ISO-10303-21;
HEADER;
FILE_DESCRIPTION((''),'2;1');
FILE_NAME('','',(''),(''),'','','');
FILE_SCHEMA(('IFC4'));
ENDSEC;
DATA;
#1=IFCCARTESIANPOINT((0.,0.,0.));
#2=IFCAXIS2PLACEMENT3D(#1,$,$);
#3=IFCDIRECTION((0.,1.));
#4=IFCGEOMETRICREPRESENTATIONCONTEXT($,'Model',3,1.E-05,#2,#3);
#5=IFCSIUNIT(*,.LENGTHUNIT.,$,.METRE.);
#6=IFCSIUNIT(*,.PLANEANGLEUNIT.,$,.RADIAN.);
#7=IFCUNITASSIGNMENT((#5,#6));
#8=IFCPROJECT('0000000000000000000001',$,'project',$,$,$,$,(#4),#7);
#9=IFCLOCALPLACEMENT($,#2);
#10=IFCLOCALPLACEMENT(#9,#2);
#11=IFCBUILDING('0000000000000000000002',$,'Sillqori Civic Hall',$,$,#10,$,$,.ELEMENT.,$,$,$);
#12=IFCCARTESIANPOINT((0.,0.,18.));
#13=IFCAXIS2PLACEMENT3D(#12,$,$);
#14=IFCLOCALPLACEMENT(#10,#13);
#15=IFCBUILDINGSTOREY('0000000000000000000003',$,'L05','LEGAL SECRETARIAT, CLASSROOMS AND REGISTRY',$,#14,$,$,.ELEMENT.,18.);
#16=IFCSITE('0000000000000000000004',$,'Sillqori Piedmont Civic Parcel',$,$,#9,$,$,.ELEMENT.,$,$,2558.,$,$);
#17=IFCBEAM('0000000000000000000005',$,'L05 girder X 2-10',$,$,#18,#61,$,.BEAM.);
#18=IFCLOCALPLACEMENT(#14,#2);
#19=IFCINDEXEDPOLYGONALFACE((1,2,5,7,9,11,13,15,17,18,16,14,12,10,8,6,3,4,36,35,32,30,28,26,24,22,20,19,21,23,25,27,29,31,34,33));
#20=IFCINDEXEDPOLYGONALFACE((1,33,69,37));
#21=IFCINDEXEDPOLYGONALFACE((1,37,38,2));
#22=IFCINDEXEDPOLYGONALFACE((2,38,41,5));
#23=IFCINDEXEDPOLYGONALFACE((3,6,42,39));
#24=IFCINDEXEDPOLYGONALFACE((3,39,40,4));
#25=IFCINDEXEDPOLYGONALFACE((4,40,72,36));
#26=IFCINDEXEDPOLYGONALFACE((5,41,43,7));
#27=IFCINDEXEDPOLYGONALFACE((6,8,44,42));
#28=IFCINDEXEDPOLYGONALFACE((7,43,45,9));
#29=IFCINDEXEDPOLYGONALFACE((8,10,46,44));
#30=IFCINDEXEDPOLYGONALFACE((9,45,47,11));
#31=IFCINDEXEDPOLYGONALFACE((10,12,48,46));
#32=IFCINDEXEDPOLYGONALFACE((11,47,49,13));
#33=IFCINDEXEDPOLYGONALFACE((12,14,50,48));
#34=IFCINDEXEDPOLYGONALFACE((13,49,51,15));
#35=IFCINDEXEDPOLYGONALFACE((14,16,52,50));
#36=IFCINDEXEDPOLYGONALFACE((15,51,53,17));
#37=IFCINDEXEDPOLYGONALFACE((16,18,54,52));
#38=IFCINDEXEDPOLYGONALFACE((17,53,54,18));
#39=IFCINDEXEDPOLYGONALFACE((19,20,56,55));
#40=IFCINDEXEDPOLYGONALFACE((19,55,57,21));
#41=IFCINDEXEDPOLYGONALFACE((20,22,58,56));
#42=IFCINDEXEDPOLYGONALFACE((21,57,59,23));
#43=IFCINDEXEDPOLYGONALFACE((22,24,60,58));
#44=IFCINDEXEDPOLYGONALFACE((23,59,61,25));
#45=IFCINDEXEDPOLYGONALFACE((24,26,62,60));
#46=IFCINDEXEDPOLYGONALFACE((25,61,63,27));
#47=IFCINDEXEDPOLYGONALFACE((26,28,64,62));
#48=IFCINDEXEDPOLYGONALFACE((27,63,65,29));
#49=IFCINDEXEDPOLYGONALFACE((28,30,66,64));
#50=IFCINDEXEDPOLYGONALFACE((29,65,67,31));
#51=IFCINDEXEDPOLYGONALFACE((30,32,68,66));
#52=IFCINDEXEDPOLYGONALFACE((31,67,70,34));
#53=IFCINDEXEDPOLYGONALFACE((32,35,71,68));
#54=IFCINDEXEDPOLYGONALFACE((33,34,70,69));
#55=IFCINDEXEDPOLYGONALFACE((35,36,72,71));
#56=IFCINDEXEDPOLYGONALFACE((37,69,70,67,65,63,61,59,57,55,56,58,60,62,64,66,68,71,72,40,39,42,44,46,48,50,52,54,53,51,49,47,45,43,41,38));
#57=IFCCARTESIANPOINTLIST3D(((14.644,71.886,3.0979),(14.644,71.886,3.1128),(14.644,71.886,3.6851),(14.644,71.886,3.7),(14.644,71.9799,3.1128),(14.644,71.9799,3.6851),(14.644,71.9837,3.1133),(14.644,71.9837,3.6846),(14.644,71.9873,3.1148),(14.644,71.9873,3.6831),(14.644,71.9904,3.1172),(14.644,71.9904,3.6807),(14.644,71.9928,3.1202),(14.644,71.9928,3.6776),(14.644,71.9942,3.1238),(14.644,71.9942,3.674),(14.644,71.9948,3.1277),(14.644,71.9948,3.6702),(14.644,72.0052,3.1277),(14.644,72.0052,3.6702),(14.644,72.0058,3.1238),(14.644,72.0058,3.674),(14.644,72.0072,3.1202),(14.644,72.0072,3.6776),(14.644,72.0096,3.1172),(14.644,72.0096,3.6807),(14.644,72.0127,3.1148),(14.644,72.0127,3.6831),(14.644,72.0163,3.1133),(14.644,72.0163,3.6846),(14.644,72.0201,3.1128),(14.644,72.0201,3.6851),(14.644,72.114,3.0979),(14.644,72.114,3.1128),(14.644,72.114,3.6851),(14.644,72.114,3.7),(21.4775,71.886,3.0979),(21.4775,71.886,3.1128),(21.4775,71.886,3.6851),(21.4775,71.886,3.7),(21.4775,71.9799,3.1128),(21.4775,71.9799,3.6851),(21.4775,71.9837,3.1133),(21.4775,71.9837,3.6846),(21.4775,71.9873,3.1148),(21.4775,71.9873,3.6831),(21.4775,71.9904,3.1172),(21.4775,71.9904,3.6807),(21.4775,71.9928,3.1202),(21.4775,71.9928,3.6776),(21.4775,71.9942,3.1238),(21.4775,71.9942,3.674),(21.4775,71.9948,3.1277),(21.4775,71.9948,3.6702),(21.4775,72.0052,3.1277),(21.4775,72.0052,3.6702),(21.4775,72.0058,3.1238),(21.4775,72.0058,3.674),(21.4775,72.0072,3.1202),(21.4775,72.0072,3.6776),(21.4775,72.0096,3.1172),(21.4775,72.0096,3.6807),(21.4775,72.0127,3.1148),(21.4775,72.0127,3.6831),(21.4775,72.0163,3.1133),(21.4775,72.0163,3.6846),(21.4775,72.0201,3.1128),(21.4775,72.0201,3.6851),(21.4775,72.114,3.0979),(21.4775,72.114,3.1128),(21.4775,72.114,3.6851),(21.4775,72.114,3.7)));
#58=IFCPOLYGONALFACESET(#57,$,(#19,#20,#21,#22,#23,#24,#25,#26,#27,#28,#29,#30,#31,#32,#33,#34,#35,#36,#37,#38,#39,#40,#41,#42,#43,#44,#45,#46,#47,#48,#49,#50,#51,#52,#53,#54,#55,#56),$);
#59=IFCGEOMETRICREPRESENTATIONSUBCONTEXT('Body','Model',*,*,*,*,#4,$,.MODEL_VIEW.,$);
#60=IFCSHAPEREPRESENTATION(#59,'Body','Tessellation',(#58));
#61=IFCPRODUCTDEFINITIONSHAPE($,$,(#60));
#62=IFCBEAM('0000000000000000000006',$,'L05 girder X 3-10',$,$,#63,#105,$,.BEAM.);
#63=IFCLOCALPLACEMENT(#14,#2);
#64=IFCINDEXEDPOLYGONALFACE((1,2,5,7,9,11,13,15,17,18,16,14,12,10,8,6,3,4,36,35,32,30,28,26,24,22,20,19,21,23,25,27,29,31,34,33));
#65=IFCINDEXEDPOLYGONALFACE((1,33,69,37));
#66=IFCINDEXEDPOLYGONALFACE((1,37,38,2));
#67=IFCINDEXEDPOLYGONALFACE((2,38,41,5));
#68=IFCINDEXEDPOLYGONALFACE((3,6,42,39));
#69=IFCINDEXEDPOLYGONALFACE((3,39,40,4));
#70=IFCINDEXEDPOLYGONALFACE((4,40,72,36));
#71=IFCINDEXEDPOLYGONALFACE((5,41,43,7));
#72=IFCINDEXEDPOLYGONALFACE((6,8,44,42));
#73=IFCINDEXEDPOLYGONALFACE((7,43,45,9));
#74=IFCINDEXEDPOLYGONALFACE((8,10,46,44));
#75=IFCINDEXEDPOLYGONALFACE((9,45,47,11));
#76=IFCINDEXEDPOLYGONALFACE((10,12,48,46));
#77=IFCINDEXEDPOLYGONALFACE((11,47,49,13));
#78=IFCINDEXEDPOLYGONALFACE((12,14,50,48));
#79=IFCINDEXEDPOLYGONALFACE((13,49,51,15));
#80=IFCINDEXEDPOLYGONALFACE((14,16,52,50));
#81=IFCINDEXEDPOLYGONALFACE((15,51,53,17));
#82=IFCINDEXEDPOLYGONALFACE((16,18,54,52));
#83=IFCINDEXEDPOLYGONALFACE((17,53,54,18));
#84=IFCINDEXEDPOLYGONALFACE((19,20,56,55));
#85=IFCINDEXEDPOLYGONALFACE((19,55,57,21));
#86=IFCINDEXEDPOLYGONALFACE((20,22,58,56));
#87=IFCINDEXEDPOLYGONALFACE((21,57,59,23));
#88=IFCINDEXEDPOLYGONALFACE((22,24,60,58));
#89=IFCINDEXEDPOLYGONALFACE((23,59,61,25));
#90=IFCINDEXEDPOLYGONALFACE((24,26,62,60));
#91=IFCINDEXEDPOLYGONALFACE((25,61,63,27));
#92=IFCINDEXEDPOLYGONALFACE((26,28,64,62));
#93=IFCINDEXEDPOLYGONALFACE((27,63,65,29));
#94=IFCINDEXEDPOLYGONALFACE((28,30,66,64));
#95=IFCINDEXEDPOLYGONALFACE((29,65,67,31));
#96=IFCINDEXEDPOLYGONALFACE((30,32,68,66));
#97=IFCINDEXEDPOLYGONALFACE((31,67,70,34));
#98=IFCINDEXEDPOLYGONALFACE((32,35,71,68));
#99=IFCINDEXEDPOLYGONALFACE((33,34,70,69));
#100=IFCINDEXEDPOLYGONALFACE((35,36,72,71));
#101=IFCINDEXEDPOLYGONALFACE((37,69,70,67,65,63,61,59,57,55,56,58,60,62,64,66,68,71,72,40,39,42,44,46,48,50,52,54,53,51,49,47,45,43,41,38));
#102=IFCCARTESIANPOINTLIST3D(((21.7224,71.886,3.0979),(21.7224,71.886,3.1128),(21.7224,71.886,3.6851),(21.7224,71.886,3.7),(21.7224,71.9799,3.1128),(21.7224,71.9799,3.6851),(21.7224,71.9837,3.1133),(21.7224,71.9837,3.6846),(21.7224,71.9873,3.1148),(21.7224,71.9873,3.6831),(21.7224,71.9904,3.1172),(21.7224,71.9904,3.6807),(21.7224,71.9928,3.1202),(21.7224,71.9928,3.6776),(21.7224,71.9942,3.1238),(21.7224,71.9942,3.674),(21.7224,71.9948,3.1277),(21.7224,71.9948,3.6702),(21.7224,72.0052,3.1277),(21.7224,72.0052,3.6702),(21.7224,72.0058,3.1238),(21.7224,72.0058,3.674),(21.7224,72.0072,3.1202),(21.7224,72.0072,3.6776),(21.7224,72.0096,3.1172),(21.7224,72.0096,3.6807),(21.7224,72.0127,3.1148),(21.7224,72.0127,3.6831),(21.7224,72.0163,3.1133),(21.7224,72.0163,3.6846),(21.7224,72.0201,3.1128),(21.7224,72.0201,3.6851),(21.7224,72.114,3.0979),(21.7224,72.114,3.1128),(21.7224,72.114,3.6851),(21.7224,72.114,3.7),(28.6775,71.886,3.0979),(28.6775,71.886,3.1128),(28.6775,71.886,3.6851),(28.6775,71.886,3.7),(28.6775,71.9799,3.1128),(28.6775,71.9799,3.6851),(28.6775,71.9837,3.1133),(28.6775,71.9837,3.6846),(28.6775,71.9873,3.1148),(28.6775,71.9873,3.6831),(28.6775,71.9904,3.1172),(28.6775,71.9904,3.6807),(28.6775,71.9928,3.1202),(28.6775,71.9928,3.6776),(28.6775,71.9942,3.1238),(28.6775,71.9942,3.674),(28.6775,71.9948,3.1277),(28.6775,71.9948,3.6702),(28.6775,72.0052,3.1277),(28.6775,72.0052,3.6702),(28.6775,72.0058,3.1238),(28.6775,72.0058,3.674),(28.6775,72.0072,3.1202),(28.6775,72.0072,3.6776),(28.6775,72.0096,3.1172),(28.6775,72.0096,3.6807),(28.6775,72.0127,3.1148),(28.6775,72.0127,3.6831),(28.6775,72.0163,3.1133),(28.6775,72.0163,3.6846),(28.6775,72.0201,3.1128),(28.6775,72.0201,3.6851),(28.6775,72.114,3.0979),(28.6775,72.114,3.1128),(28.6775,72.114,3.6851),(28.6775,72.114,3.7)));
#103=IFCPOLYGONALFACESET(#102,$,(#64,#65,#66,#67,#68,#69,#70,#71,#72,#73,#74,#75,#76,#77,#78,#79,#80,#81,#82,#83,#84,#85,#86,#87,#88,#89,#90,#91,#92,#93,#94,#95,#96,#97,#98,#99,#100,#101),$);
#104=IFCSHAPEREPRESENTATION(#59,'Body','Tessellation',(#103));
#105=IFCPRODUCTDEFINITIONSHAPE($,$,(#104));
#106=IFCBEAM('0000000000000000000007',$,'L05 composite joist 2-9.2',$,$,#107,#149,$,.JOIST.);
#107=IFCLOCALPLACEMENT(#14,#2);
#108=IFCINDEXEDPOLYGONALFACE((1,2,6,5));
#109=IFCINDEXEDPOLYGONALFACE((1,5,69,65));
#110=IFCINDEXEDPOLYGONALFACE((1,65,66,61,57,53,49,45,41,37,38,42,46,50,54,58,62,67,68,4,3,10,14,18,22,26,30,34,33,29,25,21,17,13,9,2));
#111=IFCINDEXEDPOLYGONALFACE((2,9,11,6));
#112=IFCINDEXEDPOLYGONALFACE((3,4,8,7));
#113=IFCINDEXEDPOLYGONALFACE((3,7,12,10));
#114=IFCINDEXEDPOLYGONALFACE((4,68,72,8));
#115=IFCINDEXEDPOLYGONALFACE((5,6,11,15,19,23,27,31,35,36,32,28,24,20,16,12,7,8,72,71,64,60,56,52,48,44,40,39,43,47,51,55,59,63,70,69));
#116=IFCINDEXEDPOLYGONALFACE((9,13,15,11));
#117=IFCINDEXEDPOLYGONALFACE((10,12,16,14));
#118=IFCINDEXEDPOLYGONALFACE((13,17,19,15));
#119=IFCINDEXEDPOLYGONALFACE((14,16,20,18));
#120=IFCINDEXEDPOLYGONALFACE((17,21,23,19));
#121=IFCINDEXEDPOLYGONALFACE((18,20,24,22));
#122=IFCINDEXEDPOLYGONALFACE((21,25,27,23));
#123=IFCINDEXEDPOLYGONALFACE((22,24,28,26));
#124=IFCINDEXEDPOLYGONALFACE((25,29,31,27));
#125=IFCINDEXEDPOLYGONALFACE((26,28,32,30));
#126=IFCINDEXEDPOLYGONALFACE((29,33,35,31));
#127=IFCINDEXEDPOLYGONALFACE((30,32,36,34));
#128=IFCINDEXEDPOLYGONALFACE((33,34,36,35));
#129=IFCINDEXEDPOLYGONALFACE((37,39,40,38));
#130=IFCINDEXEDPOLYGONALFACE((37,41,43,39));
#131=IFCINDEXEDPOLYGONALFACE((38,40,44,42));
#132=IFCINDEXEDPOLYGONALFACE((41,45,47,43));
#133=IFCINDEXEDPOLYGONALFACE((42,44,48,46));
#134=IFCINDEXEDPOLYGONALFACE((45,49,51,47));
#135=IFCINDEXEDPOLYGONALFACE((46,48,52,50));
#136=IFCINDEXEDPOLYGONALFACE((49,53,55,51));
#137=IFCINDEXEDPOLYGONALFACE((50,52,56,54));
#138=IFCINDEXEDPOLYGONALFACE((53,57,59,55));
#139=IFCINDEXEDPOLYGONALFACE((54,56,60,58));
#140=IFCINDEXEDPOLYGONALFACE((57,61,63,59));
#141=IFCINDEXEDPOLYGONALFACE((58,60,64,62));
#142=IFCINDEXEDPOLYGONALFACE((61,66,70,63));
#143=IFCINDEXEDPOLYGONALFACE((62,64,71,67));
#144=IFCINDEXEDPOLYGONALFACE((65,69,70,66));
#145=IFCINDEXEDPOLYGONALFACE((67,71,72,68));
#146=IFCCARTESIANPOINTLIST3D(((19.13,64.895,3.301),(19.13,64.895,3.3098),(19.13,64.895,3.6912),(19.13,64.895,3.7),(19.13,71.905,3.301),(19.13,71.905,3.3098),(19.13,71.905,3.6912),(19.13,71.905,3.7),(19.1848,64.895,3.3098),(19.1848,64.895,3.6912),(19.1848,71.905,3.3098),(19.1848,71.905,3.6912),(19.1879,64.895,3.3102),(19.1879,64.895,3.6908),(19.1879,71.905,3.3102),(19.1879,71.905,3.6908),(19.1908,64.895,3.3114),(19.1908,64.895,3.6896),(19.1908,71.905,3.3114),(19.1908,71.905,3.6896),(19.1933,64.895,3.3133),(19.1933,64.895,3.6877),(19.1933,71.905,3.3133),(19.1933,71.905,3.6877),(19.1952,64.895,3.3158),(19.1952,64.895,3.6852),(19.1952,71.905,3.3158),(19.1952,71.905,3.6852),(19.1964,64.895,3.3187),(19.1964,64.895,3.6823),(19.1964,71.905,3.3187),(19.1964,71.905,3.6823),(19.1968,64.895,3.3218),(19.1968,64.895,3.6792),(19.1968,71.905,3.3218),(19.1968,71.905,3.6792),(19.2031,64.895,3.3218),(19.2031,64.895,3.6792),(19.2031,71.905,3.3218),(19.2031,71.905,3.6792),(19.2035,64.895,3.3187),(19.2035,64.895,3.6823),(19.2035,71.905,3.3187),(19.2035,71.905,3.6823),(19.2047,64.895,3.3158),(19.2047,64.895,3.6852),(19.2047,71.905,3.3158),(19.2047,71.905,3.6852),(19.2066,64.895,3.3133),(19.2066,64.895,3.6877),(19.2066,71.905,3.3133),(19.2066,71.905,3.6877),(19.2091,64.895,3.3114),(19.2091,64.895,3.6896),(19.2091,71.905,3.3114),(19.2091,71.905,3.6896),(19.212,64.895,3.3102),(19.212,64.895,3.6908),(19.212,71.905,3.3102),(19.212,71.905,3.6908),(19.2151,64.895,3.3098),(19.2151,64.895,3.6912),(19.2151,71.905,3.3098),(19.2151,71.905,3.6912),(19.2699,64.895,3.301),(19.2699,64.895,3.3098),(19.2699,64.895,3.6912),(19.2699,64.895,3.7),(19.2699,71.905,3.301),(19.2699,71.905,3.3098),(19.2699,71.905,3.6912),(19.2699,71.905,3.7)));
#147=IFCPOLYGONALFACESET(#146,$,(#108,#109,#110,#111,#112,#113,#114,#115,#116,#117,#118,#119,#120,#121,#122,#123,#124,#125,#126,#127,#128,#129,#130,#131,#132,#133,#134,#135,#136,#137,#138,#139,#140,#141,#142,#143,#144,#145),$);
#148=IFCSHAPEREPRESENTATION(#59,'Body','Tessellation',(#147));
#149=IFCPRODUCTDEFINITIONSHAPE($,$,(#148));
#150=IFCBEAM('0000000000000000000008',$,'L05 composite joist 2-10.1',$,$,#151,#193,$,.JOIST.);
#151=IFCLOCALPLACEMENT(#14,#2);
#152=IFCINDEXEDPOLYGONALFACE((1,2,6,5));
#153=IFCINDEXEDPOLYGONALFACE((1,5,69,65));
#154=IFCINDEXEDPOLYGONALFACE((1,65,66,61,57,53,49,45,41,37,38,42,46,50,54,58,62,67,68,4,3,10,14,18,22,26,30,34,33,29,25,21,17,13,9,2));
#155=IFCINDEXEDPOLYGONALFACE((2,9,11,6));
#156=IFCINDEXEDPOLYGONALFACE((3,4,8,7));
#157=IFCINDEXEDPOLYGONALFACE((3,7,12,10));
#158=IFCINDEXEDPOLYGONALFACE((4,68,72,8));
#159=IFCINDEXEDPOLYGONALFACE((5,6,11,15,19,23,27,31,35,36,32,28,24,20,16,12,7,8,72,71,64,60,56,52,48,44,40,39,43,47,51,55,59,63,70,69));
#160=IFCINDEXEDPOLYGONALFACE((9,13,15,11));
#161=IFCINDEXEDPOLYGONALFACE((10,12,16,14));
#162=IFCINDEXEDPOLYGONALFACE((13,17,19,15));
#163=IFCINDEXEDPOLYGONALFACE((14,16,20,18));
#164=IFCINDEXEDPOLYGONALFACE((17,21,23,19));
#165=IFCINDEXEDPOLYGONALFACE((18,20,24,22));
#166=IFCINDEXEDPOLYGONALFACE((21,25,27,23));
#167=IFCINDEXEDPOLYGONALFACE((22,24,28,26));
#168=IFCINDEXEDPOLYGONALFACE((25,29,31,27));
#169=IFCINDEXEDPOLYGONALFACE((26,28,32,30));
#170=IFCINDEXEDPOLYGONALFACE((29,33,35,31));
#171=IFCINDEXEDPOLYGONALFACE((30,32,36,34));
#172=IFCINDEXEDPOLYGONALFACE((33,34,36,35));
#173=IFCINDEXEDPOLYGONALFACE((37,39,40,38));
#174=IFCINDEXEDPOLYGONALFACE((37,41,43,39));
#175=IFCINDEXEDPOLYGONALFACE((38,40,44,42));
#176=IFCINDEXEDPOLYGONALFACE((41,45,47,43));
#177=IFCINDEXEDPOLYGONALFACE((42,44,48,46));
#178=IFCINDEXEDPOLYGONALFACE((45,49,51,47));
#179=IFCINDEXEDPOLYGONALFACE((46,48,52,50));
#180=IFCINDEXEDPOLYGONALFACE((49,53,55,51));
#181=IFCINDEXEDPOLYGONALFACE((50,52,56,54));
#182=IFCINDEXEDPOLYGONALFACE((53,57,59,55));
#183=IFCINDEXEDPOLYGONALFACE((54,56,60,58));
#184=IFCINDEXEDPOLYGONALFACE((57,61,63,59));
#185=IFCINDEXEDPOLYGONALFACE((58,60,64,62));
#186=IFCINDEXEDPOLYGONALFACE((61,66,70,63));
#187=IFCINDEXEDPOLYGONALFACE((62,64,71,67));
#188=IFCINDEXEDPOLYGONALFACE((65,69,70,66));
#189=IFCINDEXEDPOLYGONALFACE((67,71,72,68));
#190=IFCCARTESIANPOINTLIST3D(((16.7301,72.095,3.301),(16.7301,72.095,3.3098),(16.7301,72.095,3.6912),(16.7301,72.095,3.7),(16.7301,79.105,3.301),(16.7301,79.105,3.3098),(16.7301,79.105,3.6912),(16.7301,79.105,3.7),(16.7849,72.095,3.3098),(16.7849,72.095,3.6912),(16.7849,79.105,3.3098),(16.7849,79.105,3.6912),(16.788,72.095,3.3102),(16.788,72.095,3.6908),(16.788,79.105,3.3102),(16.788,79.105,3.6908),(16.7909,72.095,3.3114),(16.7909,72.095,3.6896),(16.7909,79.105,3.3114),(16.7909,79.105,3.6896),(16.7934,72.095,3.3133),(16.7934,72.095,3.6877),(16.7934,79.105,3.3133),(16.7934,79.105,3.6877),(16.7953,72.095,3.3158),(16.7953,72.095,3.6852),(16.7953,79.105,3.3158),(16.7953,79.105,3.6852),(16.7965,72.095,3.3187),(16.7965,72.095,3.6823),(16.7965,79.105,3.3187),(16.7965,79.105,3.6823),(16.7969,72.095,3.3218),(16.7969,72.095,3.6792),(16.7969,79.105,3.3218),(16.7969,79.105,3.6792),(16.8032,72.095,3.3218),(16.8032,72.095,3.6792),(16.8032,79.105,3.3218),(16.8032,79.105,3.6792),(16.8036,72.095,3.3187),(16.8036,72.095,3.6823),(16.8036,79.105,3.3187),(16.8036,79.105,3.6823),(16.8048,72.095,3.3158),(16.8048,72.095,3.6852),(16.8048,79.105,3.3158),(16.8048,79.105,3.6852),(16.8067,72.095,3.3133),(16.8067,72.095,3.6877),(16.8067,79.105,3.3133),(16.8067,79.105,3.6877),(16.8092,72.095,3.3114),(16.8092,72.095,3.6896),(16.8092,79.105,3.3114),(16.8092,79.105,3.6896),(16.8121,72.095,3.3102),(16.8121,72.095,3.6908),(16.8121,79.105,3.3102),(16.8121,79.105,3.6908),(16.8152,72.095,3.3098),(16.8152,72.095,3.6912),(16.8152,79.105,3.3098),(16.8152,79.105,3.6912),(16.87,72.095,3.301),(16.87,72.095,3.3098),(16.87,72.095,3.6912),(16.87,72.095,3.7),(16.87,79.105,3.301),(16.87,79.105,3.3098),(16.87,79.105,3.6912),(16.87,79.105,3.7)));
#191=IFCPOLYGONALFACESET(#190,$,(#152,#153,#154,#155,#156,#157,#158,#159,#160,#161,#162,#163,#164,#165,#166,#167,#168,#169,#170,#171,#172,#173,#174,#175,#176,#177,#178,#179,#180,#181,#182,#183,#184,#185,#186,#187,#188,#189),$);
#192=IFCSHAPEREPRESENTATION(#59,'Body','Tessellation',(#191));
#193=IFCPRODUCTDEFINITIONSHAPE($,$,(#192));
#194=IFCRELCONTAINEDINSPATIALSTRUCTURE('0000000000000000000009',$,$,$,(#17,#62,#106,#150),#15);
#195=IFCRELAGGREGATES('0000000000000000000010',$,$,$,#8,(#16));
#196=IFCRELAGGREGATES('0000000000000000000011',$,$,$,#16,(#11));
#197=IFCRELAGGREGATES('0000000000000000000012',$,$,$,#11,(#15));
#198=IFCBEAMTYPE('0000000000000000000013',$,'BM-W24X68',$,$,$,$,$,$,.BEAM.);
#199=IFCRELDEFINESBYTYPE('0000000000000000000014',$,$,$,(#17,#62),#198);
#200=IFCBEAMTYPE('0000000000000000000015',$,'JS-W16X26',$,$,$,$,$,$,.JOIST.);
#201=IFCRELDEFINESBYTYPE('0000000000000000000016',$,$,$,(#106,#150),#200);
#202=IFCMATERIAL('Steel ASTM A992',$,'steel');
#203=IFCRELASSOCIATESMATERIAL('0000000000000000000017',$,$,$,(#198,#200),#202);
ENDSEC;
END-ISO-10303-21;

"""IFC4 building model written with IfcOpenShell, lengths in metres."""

from ifc_helpers import new_model, si_unit, direction, frame, origin, origin_2d, place, context, subcontext, project, spatial, i_section, extrude, material, material_profile, profile_set, type_object, element, save


model = new_model("IFC4")

# Units and contexts
model_context = context("Model", 3, precision=1e-05, world=origin(), true_north=direction((0.0, 1.0)))
body_context = subcontext(model_context, "Body", "Model", "MODEL_VIEW")
ifc_project = project(units=[si_unit("LENGTHUNIT", "METRE"), si_unit("PLANEANGLEUNIT", "RADIAN")], contexts=[model_context])

# Site, building, storey
site_placement = place(None, origin())
site = spatial("IfcSite", under=ifc_project, at=site_placement, Name="Sillqori Piedmont Civic Parcel", CompositionType="ELEMENT", RefElevation=2558.0)
building_placement = place(site_placement, origin())
building = spatial("IfcBuilding", under=site, at=building_placement, Name="Sillqori Civic Hall", CompositionType="ELEMENT")
storey_placement = place(building_placement, frame((0.0, 0.0, 18.0)))
storey = spatial("IfcBuildingStorey", under=building, at=storey_placement, Name="L05", Description="LEGAL SECRETARIAT, CLASSROOMS AND REGISTRY", CompositionType="ELEMENT", Elevation=18.0)

# Shared definitions
ifc_material_1 = material(Name="Steel ASTM A992", Category="steel")

# Beams
ifc_material_profile_1 = material_profile(ifc_material_1, i_section(OverallWidth=0.228, OverallDepth=0.6021, WebThickness=0.0105, FlangeThickness=0.0149, FilletRadius=0.0149, at=origin_2d()), Name="W24X68")
ifc_profile_set_1 = profile_set([ifc_material_profile_1], Name="Steel ASTM A992")
beam_type_1 = type_object("IfcBeamType", Name="BM-W24X68", PredefinedType="BEAM", material=ifc_profile_set_1)
beam_1_placement = place(storey_placement, frame((14.644, 72.0, 3.3989), z_axis=(1.0, 0.0, 0.0), x_axis=(0.0, 1.0, 0.0)))
element("IfcBeam", 1, at=beam_1_placement, inside=storey, type_object=beam_type_1, Name="L05 girder X 2-10", PredefinedType="BEAM", context=body_context, shape_type="SweptSolid", body=[
    extrude(i_section(OverallWidth=0.228, OverallDepth=0.6021, WebThickness=0.0105, FlangeThickness=0.0149, FilletRadius=0.0149, at=origin_2d()), origin(), (0.0, 0.0, 1.0), 6.8335),
])
beam_2_placement = place(storey_placement, frame((21.7224, 72.0, 3.3989), z_axis=(1.0, 0.0, 0.0), x_axis=(0.0, 1.0, 0.0)))
element("IfcBeam", 2, at=beam_2_placement, inside=storey, type_object=beam_type_1, Name="L05 girder X 3-10", PredefinedType="BEAM", context=body_context, shape_type="SweptSolid", body=[
    extrude(i_section(OverallWidth=0.228, OverallDepth=0.6021, WebThickness=0.0105, FlangeThickness=0.0149, FilletRadius=0.0149, at=origin_2d()), origin(), (0.0, 0.0, 1.0), 6.9551),
])

# Beams
ifc_material_profile_2 = material_profile(ifc_material_1, i_section(OverallWidth=0.1399, OverallDepth=0.3989, WebThickness=0.0063, FlangeThickness=0.0088, FilletRadius=0.012, at=origin_2d()), Name="W16X26")
ifc_profile_set_2 = profile_set([ifc_material_profile_2], Name="Steel ASTM A992")
beam_type_2 = type_object("IfcBeamType", Name="JS-W16X26", PredefinedType="JOIST", material=ifc_profile_set_2)
for number, where, z_axis, x_axis, name in (
    (3, (19.2, 64.895, 3.5005), (0.0, 1.0, 0.0), (-1.0, 0.0, 0.0), "L05 composite joist 2-9.2"),
    (4, (16.8, 72.095, 3.5005), (0.0, 1.0, 0.0), (-1.0, 0.0, 0.0), "L05 composite joist 2-10.1"),
):
    element("IfcBeam", number, at=place(storey_placement, frame(where, z_axis=z_axis, x_axis=x_axis)), inside=storey, type_object=beam_type_2, Name=name, PredefinedType="JOIST", context=body_context, shape_type="SweptSolid", body=[
        extrude(i_section(OverallWidth=0.1399, OverallDepth=0.3989, WebThickness=0.0063, FlangeThickness=0.0088, FilletRadius=0.012, at=origin_2d()), origin(), (0.0, 0.0, 1.0), 7.01),
    ])

save(model, "model.ifc")
